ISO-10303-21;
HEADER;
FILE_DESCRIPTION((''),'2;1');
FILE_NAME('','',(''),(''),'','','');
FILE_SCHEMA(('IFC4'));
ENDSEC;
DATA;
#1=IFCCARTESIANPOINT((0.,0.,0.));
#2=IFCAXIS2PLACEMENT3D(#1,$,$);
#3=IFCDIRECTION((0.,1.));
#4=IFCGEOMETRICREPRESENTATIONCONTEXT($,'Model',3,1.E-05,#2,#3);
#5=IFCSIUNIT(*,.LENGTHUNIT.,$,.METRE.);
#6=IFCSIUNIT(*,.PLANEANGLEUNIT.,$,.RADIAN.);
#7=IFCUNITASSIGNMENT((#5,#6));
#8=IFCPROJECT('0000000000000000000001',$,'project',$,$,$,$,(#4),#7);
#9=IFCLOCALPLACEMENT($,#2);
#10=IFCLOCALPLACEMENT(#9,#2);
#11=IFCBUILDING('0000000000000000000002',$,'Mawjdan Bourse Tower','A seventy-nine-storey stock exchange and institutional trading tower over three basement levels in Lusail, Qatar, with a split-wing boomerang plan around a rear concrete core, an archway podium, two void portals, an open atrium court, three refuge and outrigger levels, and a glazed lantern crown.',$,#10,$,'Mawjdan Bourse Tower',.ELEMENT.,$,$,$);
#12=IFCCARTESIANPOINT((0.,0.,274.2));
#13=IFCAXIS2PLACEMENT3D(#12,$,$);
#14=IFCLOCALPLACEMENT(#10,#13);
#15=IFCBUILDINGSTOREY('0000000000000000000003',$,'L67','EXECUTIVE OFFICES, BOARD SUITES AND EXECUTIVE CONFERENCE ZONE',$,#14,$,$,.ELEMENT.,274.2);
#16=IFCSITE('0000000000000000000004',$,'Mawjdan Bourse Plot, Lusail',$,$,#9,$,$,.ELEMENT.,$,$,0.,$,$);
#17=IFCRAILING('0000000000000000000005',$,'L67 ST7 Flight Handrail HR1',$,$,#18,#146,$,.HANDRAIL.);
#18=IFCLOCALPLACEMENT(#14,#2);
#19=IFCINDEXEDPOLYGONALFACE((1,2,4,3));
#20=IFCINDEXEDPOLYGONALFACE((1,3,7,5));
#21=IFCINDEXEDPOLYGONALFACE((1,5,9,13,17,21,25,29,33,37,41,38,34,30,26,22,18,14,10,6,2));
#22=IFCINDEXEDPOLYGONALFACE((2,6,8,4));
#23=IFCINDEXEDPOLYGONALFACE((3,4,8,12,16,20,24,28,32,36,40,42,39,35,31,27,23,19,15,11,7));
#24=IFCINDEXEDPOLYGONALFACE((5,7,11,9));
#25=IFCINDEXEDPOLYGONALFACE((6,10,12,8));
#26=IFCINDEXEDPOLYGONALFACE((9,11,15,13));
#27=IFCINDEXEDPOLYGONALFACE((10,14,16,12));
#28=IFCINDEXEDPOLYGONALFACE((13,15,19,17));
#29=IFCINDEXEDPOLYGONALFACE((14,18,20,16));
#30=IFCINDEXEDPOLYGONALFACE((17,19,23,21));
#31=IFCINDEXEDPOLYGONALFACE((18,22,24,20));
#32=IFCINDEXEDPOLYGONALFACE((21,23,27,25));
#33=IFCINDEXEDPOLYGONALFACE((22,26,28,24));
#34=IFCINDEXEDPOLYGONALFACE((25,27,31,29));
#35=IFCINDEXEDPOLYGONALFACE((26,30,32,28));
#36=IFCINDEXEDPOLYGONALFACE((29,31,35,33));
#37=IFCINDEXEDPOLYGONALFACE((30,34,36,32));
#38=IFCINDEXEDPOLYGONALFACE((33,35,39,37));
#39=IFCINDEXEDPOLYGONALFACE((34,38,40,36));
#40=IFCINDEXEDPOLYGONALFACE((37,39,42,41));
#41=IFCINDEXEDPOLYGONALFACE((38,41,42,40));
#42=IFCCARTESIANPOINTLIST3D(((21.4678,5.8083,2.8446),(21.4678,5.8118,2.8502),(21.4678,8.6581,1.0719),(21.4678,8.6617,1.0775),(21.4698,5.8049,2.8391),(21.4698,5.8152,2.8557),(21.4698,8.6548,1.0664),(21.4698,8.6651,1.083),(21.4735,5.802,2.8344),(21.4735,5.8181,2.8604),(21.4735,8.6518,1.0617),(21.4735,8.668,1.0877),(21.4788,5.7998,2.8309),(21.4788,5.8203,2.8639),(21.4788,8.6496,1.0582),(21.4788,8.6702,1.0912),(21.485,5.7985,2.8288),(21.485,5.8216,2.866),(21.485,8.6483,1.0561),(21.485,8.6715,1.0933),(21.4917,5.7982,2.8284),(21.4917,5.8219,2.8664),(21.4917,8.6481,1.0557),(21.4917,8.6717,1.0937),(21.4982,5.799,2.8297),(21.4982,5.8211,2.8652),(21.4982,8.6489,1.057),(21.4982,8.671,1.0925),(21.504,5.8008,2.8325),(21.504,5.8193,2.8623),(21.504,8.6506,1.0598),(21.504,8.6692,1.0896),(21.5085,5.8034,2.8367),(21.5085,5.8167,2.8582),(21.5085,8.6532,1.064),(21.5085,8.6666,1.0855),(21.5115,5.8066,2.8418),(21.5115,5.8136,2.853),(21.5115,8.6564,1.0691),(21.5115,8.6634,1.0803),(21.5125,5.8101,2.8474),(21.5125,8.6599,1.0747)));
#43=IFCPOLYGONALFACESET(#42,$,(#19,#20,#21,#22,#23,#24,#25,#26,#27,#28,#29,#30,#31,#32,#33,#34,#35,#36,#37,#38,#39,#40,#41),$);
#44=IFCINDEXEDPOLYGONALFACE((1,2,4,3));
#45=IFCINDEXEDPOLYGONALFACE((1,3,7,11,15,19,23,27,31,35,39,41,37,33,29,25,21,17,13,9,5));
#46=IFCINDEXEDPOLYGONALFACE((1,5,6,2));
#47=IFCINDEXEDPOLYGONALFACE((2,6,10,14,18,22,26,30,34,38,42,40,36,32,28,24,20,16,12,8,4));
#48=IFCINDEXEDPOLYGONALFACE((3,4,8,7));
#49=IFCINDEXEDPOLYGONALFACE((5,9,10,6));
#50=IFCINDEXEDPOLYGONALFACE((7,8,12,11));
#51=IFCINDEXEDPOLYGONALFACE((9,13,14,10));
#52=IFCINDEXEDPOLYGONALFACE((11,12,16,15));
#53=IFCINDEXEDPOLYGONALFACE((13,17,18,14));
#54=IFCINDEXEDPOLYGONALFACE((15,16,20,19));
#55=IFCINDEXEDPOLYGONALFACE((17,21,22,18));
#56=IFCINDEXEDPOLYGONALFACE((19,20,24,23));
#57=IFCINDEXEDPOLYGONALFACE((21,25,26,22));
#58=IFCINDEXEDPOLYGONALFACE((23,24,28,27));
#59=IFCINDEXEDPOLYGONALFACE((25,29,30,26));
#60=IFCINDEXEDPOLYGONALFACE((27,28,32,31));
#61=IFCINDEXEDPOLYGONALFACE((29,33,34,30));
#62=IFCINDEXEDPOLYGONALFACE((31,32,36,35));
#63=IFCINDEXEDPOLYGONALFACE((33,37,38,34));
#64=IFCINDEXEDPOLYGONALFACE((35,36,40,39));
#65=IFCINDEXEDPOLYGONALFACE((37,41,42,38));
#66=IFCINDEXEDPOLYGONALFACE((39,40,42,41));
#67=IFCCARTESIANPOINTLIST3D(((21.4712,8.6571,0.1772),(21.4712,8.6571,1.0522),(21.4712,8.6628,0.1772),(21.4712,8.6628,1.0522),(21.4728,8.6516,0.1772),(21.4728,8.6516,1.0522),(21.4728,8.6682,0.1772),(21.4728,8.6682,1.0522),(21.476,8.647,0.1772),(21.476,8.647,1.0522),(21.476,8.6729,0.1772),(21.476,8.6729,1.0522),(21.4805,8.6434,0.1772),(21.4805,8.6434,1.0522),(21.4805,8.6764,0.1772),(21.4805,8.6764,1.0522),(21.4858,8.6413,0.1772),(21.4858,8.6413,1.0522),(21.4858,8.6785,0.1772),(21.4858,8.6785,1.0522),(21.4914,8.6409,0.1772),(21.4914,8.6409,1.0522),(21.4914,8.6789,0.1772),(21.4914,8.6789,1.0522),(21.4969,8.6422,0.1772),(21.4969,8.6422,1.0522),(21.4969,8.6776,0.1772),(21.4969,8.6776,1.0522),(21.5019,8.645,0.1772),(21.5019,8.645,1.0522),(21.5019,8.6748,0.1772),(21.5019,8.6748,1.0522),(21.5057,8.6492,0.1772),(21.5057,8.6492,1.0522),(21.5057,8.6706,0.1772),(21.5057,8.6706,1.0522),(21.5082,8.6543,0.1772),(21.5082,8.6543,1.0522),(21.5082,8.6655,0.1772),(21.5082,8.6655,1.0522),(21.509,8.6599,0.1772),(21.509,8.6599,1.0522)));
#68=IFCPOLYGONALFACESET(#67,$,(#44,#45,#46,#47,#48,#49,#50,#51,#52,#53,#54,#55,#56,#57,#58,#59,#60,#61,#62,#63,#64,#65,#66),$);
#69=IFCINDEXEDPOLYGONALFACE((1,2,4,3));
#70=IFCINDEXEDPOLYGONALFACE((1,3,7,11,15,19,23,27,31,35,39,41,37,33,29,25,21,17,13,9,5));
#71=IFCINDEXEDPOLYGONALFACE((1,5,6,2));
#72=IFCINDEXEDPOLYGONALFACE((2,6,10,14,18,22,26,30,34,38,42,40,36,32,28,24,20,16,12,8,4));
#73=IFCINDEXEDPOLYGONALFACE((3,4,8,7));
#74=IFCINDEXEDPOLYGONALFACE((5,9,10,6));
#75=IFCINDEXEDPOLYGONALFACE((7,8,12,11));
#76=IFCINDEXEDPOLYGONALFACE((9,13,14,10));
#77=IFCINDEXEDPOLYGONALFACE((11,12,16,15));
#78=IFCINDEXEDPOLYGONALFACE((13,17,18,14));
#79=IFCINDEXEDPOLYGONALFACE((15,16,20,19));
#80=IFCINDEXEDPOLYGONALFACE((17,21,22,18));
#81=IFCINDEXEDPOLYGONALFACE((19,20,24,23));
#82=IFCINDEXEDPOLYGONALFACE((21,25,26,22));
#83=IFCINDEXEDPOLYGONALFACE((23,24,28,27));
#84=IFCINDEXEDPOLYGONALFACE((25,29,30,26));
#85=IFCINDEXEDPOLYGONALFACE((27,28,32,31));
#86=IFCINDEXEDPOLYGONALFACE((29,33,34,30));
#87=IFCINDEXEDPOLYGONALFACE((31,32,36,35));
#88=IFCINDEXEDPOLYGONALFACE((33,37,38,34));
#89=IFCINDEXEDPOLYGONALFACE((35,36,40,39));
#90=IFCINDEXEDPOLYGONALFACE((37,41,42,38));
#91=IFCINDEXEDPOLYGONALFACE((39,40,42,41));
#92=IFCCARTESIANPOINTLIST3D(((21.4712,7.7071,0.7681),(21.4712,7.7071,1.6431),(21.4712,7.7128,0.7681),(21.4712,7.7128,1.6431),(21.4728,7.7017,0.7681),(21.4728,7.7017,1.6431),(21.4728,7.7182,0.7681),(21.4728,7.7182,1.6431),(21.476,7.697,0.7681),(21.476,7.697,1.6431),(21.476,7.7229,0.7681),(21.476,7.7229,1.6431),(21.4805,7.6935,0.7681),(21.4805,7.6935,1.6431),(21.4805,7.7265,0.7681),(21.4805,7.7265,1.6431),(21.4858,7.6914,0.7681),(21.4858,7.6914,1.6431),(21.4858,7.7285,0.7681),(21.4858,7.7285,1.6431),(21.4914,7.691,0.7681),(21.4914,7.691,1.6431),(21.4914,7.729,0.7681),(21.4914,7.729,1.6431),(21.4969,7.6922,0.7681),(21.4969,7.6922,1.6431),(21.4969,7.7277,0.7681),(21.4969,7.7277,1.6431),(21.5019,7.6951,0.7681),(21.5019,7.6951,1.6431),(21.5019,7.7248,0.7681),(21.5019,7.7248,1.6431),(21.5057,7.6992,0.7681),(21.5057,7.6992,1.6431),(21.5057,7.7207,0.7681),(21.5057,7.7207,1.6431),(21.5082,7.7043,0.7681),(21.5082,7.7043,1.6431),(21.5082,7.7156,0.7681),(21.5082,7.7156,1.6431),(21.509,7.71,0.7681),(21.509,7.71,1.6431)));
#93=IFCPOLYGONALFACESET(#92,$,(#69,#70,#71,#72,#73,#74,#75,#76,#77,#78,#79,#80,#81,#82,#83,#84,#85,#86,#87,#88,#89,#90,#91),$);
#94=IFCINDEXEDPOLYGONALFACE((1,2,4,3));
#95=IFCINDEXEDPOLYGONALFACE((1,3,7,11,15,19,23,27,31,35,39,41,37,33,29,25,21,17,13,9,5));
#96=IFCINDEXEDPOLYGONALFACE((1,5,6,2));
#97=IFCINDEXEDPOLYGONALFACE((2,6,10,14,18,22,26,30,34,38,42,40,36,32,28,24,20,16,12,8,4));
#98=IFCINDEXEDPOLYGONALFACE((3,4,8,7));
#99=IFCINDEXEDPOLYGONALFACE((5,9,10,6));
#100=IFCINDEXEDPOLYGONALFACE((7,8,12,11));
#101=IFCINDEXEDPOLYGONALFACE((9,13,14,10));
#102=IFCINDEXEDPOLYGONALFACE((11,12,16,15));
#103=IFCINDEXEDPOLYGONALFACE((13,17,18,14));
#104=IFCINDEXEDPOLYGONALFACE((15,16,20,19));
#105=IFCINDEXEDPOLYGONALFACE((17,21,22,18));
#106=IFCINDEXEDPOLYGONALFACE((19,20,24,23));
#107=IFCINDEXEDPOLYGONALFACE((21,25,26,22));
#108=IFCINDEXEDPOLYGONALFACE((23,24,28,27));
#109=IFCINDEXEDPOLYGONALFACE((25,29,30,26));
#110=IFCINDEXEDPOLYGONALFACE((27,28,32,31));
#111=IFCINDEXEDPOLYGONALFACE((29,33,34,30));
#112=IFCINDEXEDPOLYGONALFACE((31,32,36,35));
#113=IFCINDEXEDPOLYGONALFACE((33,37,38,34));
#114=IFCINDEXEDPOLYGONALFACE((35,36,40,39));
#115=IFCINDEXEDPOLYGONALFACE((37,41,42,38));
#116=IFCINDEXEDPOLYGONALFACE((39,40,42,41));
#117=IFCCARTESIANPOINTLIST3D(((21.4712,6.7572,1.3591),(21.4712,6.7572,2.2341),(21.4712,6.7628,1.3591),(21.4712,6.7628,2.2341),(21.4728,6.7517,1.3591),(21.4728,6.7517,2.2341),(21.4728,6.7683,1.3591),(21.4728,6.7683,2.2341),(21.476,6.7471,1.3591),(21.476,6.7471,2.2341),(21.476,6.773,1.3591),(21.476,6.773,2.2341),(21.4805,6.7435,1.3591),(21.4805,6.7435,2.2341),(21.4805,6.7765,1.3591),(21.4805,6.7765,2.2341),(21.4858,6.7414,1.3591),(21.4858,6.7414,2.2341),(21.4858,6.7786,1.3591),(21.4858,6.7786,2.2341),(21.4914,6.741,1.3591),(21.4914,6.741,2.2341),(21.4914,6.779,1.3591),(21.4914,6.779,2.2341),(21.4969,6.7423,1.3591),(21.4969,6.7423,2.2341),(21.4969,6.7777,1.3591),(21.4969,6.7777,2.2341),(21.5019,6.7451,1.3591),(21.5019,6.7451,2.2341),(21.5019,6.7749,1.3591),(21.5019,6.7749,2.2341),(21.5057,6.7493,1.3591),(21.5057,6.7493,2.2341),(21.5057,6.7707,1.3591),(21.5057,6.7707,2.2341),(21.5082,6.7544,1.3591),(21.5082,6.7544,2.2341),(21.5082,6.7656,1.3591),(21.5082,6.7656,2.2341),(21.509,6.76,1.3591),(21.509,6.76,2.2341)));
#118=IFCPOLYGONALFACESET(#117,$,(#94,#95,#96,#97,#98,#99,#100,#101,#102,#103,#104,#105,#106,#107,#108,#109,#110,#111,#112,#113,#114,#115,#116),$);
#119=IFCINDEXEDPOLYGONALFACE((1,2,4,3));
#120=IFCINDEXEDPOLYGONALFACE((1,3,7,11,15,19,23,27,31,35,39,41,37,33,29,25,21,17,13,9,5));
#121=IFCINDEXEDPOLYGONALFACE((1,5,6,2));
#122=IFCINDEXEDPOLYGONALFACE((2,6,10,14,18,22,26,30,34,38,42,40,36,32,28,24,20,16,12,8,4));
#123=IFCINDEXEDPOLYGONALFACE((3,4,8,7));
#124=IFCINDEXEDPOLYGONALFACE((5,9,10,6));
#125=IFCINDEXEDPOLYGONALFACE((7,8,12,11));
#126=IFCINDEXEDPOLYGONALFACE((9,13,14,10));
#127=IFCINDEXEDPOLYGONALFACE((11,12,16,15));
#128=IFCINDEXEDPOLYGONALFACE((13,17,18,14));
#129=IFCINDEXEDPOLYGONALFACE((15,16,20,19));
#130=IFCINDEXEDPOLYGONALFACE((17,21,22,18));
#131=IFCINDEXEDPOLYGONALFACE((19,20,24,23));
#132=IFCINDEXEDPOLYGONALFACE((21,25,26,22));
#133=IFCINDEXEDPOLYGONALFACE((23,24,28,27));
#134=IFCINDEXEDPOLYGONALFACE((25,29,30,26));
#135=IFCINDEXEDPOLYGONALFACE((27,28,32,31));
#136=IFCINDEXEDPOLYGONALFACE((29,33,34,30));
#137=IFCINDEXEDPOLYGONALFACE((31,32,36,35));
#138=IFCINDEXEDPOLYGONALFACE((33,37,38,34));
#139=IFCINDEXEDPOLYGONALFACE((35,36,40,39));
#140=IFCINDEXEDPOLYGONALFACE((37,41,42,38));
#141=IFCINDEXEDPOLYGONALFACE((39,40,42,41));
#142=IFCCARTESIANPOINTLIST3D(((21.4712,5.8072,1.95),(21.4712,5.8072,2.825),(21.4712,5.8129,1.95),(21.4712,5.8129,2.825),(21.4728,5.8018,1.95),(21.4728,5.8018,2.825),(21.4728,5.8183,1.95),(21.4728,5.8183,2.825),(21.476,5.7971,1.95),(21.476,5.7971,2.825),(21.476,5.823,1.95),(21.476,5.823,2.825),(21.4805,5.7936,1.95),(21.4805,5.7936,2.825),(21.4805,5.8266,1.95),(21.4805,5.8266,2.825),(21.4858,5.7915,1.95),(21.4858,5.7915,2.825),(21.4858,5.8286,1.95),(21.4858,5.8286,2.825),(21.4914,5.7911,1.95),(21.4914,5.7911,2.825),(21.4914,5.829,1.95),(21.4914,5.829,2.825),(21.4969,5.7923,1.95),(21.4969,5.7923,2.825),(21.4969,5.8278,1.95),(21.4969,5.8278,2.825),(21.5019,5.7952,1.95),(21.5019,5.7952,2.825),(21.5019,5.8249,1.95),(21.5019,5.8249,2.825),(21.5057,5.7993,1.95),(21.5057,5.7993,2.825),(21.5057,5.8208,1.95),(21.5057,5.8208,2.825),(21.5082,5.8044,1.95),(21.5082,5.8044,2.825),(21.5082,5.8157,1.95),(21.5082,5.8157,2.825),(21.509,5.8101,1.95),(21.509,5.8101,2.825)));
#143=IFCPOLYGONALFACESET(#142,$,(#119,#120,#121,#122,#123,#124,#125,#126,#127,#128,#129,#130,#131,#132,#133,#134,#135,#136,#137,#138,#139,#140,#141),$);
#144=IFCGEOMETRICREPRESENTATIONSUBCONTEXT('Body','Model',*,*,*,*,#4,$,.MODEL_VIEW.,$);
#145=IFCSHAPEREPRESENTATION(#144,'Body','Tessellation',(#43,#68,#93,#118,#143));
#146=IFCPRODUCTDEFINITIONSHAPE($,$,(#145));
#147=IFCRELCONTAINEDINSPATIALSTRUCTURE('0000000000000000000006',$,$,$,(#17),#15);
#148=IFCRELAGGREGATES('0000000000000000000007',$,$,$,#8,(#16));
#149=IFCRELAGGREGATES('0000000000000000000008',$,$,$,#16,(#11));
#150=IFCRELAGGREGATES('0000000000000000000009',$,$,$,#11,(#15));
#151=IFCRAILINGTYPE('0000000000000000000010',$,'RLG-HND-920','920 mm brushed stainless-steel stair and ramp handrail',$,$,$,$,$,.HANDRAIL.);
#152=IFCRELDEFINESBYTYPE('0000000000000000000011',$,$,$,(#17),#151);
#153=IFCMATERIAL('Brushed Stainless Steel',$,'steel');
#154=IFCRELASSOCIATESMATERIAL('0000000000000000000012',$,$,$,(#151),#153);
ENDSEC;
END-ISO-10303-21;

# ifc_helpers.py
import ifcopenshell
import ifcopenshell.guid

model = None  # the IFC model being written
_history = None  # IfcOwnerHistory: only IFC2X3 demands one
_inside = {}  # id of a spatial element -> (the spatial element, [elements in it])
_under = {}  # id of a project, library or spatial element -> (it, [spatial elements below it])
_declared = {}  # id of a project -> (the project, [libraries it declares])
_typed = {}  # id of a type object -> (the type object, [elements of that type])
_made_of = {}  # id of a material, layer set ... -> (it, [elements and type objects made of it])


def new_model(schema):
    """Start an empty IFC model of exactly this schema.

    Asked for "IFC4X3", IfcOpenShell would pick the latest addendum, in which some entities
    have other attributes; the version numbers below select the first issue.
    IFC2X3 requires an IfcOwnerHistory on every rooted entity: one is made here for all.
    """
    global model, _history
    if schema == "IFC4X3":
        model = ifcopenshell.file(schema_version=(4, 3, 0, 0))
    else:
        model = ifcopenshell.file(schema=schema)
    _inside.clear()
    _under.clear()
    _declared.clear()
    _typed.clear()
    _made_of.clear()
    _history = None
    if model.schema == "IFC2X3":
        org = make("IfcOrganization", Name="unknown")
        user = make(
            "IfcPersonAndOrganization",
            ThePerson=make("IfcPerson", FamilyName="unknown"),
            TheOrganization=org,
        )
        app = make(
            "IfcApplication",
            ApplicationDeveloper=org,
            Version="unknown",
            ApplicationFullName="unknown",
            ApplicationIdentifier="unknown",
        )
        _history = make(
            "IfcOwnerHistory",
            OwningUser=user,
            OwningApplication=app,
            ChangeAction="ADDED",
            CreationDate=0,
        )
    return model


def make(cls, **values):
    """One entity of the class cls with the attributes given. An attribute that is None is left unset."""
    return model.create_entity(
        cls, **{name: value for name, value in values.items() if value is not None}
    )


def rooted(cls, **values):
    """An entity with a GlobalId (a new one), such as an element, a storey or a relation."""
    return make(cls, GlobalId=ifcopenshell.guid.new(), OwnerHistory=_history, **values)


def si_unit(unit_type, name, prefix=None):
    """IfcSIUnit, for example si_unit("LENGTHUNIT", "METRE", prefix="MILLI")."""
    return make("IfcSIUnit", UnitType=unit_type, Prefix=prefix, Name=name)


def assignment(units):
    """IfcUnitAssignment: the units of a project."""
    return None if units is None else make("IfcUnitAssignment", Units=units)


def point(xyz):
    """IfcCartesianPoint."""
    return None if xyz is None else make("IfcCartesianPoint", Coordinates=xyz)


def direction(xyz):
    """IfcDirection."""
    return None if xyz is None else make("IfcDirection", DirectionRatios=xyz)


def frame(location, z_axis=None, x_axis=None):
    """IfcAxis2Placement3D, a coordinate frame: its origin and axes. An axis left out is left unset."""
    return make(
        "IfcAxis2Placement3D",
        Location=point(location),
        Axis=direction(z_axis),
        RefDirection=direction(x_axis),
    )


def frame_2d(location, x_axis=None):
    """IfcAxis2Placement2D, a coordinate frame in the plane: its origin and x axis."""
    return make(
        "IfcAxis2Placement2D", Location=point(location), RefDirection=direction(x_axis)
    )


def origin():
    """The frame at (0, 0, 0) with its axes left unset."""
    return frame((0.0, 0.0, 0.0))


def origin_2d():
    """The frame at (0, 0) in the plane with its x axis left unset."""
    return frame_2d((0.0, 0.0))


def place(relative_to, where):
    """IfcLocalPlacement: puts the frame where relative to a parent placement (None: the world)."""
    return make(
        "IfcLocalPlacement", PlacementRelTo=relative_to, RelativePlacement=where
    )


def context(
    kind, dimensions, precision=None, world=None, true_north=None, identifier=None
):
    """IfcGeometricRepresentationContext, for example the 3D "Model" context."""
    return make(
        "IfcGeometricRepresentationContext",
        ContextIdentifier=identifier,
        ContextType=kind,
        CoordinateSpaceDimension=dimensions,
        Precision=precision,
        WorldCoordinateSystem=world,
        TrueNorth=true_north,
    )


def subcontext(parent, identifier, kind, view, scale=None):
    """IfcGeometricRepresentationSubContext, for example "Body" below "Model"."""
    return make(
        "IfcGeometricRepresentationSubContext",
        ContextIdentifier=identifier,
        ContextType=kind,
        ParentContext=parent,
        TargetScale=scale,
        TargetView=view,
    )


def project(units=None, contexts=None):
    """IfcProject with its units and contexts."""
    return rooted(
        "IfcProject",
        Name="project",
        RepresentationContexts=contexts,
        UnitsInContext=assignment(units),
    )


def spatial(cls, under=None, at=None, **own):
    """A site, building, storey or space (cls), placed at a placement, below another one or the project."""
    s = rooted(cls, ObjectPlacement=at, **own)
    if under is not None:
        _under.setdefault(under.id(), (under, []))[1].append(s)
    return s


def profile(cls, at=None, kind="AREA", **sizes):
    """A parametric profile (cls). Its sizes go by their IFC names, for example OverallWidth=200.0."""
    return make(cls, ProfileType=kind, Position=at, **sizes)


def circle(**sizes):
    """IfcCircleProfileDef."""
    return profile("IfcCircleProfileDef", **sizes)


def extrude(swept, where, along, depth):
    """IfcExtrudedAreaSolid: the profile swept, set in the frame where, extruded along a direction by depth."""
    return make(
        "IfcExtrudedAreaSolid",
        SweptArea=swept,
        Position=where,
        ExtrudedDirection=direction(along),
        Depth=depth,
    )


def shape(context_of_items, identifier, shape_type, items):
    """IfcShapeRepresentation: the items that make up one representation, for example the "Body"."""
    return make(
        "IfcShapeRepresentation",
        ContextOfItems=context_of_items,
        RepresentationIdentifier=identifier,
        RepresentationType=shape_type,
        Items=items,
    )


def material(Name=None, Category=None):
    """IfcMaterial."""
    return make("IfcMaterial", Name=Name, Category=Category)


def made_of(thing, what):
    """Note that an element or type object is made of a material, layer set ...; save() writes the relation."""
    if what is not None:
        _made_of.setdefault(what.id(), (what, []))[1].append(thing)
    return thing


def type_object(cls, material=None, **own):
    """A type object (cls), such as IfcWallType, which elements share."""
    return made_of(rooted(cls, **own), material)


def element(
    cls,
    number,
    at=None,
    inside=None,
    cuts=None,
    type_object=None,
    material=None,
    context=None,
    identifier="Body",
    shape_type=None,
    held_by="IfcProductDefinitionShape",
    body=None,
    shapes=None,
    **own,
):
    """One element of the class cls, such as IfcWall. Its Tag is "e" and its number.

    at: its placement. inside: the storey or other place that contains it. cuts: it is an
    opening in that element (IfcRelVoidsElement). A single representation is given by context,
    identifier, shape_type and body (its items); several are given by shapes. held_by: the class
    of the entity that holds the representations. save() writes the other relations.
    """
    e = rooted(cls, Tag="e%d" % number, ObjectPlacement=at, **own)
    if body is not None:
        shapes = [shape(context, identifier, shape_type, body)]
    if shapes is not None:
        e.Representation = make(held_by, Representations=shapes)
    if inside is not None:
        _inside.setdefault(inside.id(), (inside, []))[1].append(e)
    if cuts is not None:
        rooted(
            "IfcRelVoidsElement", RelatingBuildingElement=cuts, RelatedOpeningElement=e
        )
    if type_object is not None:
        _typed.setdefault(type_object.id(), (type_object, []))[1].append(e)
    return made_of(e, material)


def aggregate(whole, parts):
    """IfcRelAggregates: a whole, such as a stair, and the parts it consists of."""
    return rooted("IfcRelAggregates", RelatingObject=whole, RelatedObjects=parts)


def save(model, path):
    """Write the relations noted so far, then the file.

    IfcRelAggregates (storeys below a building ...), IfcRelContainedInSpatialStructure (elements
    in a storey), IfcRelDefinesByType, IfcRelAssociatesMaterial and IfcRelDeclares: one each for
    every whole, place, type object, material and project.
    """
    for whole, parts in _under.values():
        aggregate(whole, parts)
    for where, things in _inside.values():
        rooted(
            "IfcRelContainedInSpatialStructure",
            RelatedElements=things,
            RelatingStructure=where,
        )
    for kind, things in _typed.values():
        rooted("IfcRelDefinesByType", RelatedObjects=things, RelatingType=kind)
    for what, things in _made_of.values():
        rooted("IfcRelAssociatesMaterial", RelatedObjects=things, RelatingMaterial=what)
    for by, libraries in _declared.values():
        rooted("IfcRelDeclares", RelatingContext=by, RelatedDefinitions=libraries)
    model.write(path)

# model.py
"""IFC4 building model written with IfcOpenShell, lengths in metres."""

from ifc_helpers import new_model, si_unit, direction, frame, origin, origin_2d, place, context, subcontext, project, spatial, circle, extrude, material, type_object, element, save


model = new_model("IFC4")

# Units and contexts
model_context = context("Model", 3, precision=1e-05, world=origin(), true_north=direction((0.0, 1.0)))
body_context = subcontext(model_context, "Body", "Model", "MODEL_VIEW")
ifc_project = project(units=[si_unit("LENGTHUNIT", "METRE"), si_unit("PLANEANGLEUNIT", "RADIAN")], contexts=[model_context])

# Site, building, storey
site_placement = place(None, origin())
site = spatial("IfcSite", under=ifc_project, at=site_placement, Name="Mawjdan Bourse Plot, Lusail", CompositionType="ELEMENT", RefElevation=0.0)
building_placement = place(site_placement, origin())
building = spatial("IfcBuilding", under=site, at=building_placement, Name="Mawjdan Bourse Tower", Description="A seventy-nine-storey stock exchange and institutional trading tower over three basement levels in Lusail, Qatar, with a split-wing boomerang plan around a rear concrete core, an archway podium, two void portals, an open atrium court, three refuge and outrigger levels, and a glazed lantern crown.", LongName="Mawjdan Bourse Tower", CompositionType="ELEMENT")
storey_placement = place(building_placement, frame((0.0, 0.0, 274.2)))
storey = spatial("IfcBuildingStorey", under=building, at=storey_placement, Name="L67", Description="EXECUTIVE OFFICES, BOARD SUITES AND EXECUTIVE CONFERENCE ZONE", CompositionType="ELEMENT", Elevation=274.2)

# Shared definitions
ifc_material_1 = material(Name="Brushed Stainless Steel", Category="steel")

# Railing
railing_type_1 = type_object("IfcRailingType", Name="RLG-HND-920", Description="920 mm brushed stainless-steel stair and ramp handrail", PredefinedType="HANDRAIL", material=ifc_material_1)
railing_placement = place(storey_placement, frame((21.49, 8.6599, 0.1772)))
element("IfcRailing", 1, at=railing_placement, inside=storey, type_object=railing_type_1, Name="L67 ST7 Flight Handrail HR1", PredefinedType="HANDRAIL", context=body_context, shape_type="SweptSolid", body=[
    extrude(circle(Radius=0.0225, at=origin_2d()), frame((0.0, 0.0, 0.8975), z_axis=(0.0, -0.849128, 0.528187), x_axis=(1.0, 0.0, 0.0)), (0.0, 0.0, 1.0), 3.3562),
    extrude(circle(Radius=0.019, at=origin_2d()), origin(), (0.0, 0.0, 1.0), 0.875),
    extrude(circle(Radius=0.019, at=origin_2d()), frame((0.0, -0.95, 0.5908)), (0.0, 0.0, 1.0), 0.875),
    extrude(circle(Radius=0.019, at=origin_2d()), frame((0.0, -1.8999, 1.1819)), (0.0, 0.0, 1.0), 0.875),
    extrude(circle(Radius=0.019, at=origin_2d()), frame((0.0, -2.8499, 1.7727)), (0.0, 0.0, 1.0), 0.875),
])

save(model, "model.ifc")
